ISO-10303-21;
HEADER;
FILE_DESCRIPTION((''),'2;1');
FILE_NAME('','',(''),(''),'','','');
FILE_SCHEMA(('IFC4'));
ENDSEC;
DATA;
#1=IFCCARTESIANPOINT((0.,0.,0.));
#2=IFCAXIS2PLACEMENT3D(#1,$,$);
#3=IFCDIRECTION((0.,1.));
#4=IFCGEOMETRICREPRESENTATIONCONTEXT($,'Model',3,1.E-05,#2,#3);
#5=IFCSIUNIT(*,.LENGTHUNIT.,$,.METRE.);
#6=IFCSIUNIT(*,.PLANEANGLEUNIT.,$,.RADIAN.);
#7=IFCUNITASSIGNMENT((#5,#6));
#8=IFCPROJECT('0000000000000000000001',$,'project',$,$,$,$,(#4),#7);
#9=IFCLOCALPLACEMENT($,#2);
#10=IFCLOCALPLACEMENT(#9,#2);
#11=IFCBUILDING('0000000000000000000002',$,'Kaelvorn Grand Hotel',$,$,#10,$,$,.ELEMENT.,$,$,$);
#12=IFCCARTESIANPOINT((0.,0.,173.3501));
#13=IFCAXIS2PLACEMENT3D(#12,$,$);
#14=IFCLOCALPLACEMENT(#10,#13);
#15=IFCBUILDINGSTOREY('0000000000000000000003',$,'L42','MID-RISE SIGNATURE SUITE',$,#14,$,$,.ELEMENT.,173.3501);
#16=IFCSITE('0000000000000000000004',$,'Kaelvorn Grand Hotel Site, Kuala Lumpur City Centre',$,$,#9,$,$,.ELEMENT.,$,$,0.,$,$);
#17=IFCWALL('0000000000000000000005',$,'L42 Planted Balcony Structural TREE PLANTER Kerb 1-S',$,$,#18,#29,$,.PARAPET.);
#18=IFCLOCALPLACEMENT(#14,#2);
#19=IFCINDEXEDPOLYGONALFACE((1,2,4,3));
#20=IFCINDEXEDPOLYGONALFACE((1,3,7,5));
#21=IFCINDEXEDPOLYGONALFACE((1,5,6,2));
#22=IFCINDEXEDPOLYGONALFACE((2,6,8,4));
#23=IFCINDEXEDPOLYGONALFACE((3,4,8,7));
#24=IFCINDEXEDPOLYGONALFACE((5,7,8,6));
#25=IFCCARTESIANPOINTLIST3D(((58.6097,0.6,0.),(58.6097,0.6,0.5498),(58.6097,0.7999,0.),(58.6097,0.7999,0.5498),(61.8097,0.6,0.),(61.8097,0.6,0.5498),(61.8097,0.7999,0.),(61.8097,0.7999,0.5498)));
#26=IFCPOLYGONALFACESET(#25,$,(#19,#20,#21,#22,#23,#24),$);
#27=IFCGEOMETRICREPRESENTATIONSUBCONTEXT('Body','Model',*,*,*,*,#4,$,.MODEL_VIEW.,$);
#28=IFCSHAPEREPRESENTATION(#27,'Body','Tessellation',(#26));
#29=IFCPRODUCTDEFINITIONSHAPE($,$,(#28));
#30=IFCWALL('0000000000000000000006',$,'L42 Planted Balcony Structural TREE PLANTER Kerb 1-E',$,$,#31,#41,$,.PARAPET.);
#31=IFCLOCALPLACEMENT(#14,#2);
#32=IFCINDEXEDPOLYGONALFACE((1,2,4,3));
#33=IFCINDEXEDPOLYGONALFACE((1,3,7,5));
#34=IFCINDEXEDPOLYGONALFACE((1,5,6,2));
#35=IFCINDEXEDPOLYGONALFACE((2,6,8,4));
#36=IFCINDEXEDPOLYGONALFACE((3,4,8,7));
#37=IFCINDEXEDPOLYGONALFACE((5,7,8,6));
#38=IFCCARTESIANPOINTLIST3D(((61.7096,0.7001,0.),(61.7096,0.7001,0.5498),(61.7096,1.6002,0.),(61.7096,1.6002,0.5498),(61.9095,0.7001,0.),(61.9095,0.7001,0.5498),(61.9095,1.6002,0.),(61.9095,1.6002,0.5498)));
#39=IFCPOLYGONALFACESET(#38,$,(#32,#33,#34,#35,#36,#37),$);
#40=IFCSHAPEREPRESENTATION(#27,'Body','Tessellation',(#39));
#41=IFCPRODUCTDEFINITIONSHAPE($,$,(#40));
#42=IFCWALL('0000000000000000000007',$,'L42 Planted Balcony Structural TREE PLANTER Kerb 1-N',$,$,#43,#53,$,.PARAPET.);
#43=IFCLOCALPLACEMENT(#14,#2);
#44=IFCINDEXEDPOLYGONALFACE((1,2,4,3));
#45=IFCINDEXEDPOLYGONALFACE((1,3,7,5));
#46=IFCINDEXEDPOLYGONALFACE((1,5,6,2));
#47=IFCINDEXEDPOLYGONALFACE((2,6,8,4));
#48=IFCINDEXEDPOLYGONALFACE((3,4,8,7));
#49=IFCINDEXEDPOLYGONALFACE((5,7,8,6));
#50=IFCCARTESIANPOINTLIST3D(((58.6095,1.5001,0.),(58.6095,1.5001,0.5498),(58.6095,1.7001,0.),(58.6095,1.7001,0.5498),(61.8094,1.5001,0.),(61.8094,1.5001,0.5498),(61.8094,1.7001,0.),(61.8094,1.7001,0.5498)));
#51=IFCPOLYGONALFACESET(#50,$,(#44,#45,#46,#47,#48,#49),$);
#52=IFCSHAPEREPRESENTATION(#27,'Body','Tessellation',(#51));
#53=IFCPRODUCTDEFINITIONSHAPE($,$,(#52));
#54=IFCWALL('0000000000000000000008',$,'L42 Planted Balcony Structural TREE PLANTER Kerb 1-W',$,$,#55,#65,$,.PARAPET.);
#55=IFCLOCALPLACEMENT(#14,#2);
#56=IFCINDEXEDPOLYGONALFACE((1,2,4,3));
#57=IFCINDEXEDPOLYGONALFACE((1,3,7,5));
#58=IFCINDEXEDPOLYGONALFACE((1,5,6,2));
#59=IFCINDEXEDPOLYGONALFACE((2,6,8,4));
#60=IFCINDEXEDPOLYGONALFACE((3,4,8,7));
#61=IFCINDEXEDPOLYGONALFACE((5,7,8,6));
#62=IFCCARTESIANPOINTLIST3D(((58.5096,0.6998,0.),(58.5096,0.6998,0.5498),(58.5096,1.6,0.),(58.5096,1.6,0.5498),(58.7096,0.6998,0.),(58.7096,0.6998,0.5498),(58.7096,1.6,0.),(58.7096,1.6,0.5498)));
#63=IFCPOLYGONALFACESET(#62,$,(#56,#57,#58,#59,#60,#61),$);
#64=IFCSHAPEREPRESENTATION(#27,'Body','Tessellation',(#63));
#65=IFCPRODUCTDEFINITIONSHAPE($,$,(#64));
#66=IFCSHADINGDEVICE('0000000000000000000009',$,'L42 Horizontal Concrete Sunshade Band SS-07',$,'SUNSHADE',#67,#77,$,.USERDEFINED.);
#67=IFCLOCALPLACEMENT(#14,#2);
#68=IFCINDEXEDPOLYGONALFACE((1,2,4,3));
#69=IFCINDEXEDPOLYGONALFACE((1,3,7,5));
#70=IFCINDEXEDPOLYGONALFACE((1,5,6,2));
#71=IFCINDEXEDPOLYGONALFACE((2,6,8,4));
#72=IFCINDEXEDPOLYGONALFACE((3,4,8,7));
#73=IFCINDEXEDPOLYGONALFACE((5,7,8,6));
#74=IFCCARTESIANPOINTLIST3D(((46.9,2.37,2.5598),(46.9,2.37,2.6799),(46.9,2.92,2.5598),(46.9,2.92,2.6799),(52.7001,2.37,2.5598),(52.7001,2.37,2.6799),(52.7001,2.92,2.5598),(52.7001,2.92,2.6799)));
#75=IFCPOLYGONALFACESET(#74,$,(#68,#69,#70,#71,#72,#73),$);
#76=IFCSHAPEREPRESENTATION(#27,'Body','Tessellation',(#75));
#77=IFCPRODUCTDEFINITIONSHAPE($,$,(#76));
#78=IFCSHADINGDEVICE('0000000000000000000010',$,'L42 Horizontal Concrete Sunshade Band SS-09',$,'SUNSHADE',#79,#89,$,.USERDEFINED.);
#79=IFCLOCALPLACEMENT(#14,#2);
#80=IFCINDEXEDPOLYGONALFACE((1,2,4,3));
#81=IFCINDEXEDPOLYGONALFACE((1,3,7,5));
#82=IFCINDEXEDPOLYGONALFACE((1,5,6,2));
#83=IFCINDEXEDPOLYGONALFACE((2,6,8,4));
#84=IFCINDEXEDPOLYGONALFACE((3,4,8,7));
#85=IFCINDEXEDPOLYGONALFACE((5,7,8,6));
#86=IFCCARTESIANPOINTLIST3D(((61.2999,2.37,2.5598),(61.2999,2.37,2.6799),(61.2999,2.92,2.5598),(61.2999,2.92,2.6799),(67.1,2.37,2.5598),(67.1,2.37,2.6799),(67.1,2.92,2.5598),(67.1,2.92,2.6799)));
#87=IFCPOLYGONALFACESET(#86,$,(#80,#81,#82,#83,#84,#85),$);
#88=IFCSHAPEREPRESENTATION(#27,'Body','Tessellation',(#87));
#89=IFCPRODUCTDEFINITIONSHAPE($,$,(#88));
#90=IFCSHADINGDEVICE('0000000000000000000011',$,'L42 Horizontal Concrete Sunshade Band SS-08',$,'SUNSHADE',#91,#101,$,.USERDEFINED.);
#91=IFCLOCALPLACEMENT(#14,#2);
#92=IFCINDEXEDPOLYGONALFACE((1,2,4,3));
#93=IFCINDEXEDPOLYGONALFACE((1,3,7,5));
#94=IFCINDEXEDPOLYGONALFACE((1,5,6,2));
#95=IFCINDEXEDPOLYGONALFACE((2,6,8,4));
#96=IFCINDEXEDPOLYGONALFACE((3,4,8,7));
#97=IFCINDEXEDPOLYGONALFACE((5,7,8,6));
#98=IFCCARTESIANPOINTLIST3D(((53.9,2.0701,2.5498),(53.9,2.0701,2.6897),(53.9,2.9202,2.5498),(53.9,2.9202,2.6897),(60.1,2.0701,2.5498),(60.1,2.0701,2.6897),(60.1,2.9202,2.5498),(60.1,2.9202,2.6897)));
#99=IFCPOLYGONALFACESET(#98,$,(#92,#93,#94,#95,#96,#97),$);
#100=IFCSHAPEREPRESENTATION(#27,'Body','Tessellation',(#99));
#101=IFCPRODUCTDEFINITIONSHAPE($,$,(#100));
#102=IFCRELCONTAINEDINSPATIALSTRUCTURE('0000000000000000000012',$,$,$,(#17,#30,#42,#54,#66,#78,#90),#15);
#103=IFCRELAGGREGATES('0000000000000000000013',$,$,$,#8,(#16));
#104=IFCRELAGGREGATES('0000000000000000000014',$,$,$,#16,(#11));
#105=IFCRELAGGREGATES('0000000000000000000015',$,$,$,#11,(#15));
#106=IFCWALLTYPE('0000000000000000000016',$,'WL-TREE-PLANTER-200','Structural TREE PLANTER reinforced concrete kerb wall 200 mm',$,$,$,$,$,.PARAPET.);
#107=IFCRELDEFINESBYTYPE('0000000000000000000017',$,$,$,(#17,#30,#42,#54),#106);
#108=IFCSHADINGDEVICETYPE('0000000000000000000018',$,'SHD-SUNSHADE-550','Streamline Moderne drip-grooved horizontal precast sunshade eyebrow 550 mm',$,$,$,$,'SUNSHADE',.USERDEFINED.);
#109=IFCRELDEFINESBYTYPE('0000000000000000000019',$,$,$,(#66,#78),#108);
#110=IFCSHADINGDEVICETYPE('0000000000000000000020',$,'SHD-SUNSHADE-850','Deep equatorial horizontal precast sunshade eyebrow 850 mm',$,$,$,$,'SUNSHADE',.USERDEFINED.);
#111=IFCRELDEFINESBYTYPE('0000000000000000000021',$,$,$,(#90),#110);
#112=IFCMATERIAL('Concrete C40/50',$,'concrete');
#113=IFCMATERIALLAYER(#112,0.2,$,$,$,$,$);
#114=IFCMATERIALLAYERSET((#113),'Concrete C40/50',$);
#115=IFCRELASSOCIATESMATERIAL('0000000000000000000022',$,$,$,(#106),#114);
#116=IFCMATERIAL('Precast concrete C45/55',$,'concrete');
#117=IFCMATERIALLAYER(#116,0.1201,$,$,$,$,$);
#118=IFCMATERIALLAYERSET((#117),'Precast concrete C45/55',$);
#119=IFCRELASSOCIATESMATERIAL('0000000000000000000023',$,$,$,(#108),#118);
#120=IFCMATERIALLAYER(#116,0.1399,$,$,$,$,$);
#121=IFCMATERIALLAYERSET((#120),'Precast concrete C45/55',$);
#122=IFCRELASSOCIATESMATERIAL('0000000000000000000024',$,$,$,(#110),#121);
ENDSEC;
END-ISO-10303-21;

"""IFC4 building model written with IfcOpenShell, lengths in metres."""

from ifc_helpers import new_model, si_unit, direction, frame, frame_2d, origin, origin_2d, place, context, subcontext, project, spatial, rectangle, extrude, material, layer, layer_set, type_object, element, save


model = new_model("IFC4")

# Units and contexts
model_context = context("Model", 3, precision=1e-05, world=origin(), true_north=direction((0.0, 1.0)))
body_context = subcontext(model_context, "Body", "Model", "MODEL_VIEW")
ifc_project = project(units=[si_unit("LENGTHUNIT", "METRE"), si_unit("PLANEANGLEUNIT", "RADIAN")], contexts=[model_context])

# Site, building, storey
site_placement = place(None, origin())
site = spatial("IfcSite", under=ifc_project, at=site_placement, Name="Kaelvorn Grand Hotel Site, Kuala Lumpur City Centre", CompositionType="ELEMENT", RefElevation=0.0)
building_placement = place(site_placement, origin())
building = spatial("IfcBuilding", under=site, at=building_placement, Name="Kaelvorn Grand Hotel", CompositionType="ELEMENT")
storey_placement = place(building_placement, frame((0.0, 0.0, 173.3501)))
storey = spatial("IfcBuildingStorey", under=building, at=storey_placement, Name="L42", Description="MID-RISE SIGNATURE SUITE", CompositionType="ELEMENT", Elevation=173.3501)

# Shared definitions
ifc_material_1 = material(Name="Concrete C40/50", Category="concrete")

# Walls
ifc_layer_1 = layer(ifc_material_1, 0.2)
ifc_layer_set_1 = layer_set([ifc_layer_1], Name="Concrete C40/50")
wall_type_1 = type_object("IfcWallType", Name="WL-TREE-PLANTER-200", Description="Structural TREE PLANTER reinforced concrete kerb wall 200 mm", PredefinedType="PARAPET", material=ifc_layer_set_1)
wall_1_placement = place(storey_placement, frame((58.6096, 0.7, 0.0), z_axis=(0.0, 0.0, 1.0), x_axis=(1.0, 0.0, 0.0)))
element("IfcWall", 1, at=wall_1_placement, inside=storey, type_object=wall_type_1, Name="L42 Planted Balcony Structural TREE PLANTER Kerb 1-S", PredefinedType="PARAPET", context=body_context, shape_type="SweptSolid", body=[
    extrude(rectangle(XDim=3.2, YDim=0.2, at=frame_2d((1.6001, 0.0))), origin(), (0.0, 0.0, 1.0), 0.5498),
])
wall_2_placement = place(storey_placement, frame((61.8096, 0.7, 0.0), z_axis=(0.0, 0.0, 1.0), x_axis=(0.0, 1.0, 0.0)))
element("IfcWall", 2, at=wall_2_placement, inside=storey, type_object=wall_type_1, Name="L42 Planted Balcony Structural TREE PLANTER Kerb 1-E", PredefinedType="PARAPET", context=body_context, shape_type="SweptSolid", body=[
    extrude(rectangle(XDim=0.9001, YDim=0.2, at=frame_2d((0.4502, 0.0))), origin(), (0.0, 0.0, 1.0), 0.5498),
])
wall_3_placement = place(storey_placement, frame((61.8096, 1.6001, 0.0), z_axis=(0.0, 0.0, 1.0), x_axis=(-1.0, 0.0, 0.0)))
element("IfcWall", 3, at=wall_3_placement, inside=storey, type_object=wall_type_1, Name="L42 Planted Balcony Structural TREE PLANTER Kerb 1-N", PredefinedType="PARAPET", context=body_context, shape_type="SweptSolid", body=[
    extrude(rectangle(XDim=3.2, YDim=0.2, at=frame_2d((1.6001, 0.0))), origin(), (0.0, 0.0, 1.0), 0.5498),
])
wall_4_placement = place(storey_placement, frame((58.6096, 1.6001, 0.0), z_axis=(0.0, 0.0, 1.0), x_axis=(0.0, -1.0, 0.0)))
element("IfcWall", 4, at=wall_4_placement, inside=storey, type_object=wall_type_1, Name="L42 Planted Balcony Structural TREE PLANTER Kerb 1-W", PredefinedType="PARAPET", context=body_context, shape_type="SweptSolid", body=[
    extrude(rectangle(XDim=0.9001, YDim=0.2, at=frame_2d((0.4502, 0.0))), origin(), (0.0, 0.0, 1.0), 0.5498),
])

# Shading devices
ifc_material_2 = material(Name="Precast concrete C45/55", Category="concrete")
ifc_layer_2 = layer(ifc_material_2, 0.1201)
ifc_layer_set_2 = layer_set([ifc_layer_2], Name="Precast concrete C45/55")
shading_device_type_1 = type_object("IfcShadingDeviceType", Name="SHD-SUNSHADE-550", Description="Streamline Moderne drip-grooved horizontal precast sunshade eyebrow 550 mm", ElementType="SUNSHADE", PredefinedType="USERDEFINED", material=ifc_layer_set_2)
for number, where, z_axis, x_axis, name in (
    (5, (49.8, 2.645, 2.5598), (0.0, 0.0, 1.0), (1.0, 0.0, 0.0), "L42 Horizontal Concrete Sunshade Band SS-07"),
    (6, (64.2, 2.645, 2.5598), (0.0, 0.0, 1.0), (1.0, 0.0, 0.0), "L42 Horizontal Concrete Sunshade Band SS-09"),
):
    element("IfcShadingDevice", number, at=place(storey_placement, frame(where, z_axis=z_axis, x_axis=x_axis)), inside=storey, type_object=shading_device_type_1, Name=name, ObjectType="SUNSHADE", PredefinedType="USERDEFINED", context=body_context, shape_type="SweptSolid", body=[
        extrude(rectangle(XDim=5.8, YDim=0.55, at=origin_2d()), origin(), (0.0, 0.0, 1.0), 0.1201),
    ])
ifc_layer_3 = layer(ifc_material_2, 0.1399)
ifc_layer_set_3 = layer_set([ifc_layer_3], Name="Precast concrete C45/55")
shading_device_type_2 = type_object("IfcShadingDeviceType", Name="SHD-SUNSHADE-850", Description="Deep equatorial horizontal precast sunshade eyebrow 850 mm", ElementType="SUNSHADE", PredefinedType="USERDEFINED", material=ifc_layer_set_3)
shading_device_placement = place(storey_placement, frame((57.0, 2.4951, 2.5498), z_axis=(0.0, 0.0, 1.0), x_axis=(1.0, 0.0, 0.0)))
element("IfcShadingDevice", 7, at=shading_device_placement, inside=storey, type_object=shading_device_type_2, Name="L42 Horizontal Concrete Sunshade Band SS-08", ObjectType="SUNSHADE", PredefinedType="USERDEFINED", context=body_context, shape_type="SweptSolid", body=[
    extrude(rectangle(XDim=6.2, YDim=0.8501, at=origin_2d()), origin(), (0.0, 0.0, 1.0), 0.1399),
])

save(model, "model.ifc")
